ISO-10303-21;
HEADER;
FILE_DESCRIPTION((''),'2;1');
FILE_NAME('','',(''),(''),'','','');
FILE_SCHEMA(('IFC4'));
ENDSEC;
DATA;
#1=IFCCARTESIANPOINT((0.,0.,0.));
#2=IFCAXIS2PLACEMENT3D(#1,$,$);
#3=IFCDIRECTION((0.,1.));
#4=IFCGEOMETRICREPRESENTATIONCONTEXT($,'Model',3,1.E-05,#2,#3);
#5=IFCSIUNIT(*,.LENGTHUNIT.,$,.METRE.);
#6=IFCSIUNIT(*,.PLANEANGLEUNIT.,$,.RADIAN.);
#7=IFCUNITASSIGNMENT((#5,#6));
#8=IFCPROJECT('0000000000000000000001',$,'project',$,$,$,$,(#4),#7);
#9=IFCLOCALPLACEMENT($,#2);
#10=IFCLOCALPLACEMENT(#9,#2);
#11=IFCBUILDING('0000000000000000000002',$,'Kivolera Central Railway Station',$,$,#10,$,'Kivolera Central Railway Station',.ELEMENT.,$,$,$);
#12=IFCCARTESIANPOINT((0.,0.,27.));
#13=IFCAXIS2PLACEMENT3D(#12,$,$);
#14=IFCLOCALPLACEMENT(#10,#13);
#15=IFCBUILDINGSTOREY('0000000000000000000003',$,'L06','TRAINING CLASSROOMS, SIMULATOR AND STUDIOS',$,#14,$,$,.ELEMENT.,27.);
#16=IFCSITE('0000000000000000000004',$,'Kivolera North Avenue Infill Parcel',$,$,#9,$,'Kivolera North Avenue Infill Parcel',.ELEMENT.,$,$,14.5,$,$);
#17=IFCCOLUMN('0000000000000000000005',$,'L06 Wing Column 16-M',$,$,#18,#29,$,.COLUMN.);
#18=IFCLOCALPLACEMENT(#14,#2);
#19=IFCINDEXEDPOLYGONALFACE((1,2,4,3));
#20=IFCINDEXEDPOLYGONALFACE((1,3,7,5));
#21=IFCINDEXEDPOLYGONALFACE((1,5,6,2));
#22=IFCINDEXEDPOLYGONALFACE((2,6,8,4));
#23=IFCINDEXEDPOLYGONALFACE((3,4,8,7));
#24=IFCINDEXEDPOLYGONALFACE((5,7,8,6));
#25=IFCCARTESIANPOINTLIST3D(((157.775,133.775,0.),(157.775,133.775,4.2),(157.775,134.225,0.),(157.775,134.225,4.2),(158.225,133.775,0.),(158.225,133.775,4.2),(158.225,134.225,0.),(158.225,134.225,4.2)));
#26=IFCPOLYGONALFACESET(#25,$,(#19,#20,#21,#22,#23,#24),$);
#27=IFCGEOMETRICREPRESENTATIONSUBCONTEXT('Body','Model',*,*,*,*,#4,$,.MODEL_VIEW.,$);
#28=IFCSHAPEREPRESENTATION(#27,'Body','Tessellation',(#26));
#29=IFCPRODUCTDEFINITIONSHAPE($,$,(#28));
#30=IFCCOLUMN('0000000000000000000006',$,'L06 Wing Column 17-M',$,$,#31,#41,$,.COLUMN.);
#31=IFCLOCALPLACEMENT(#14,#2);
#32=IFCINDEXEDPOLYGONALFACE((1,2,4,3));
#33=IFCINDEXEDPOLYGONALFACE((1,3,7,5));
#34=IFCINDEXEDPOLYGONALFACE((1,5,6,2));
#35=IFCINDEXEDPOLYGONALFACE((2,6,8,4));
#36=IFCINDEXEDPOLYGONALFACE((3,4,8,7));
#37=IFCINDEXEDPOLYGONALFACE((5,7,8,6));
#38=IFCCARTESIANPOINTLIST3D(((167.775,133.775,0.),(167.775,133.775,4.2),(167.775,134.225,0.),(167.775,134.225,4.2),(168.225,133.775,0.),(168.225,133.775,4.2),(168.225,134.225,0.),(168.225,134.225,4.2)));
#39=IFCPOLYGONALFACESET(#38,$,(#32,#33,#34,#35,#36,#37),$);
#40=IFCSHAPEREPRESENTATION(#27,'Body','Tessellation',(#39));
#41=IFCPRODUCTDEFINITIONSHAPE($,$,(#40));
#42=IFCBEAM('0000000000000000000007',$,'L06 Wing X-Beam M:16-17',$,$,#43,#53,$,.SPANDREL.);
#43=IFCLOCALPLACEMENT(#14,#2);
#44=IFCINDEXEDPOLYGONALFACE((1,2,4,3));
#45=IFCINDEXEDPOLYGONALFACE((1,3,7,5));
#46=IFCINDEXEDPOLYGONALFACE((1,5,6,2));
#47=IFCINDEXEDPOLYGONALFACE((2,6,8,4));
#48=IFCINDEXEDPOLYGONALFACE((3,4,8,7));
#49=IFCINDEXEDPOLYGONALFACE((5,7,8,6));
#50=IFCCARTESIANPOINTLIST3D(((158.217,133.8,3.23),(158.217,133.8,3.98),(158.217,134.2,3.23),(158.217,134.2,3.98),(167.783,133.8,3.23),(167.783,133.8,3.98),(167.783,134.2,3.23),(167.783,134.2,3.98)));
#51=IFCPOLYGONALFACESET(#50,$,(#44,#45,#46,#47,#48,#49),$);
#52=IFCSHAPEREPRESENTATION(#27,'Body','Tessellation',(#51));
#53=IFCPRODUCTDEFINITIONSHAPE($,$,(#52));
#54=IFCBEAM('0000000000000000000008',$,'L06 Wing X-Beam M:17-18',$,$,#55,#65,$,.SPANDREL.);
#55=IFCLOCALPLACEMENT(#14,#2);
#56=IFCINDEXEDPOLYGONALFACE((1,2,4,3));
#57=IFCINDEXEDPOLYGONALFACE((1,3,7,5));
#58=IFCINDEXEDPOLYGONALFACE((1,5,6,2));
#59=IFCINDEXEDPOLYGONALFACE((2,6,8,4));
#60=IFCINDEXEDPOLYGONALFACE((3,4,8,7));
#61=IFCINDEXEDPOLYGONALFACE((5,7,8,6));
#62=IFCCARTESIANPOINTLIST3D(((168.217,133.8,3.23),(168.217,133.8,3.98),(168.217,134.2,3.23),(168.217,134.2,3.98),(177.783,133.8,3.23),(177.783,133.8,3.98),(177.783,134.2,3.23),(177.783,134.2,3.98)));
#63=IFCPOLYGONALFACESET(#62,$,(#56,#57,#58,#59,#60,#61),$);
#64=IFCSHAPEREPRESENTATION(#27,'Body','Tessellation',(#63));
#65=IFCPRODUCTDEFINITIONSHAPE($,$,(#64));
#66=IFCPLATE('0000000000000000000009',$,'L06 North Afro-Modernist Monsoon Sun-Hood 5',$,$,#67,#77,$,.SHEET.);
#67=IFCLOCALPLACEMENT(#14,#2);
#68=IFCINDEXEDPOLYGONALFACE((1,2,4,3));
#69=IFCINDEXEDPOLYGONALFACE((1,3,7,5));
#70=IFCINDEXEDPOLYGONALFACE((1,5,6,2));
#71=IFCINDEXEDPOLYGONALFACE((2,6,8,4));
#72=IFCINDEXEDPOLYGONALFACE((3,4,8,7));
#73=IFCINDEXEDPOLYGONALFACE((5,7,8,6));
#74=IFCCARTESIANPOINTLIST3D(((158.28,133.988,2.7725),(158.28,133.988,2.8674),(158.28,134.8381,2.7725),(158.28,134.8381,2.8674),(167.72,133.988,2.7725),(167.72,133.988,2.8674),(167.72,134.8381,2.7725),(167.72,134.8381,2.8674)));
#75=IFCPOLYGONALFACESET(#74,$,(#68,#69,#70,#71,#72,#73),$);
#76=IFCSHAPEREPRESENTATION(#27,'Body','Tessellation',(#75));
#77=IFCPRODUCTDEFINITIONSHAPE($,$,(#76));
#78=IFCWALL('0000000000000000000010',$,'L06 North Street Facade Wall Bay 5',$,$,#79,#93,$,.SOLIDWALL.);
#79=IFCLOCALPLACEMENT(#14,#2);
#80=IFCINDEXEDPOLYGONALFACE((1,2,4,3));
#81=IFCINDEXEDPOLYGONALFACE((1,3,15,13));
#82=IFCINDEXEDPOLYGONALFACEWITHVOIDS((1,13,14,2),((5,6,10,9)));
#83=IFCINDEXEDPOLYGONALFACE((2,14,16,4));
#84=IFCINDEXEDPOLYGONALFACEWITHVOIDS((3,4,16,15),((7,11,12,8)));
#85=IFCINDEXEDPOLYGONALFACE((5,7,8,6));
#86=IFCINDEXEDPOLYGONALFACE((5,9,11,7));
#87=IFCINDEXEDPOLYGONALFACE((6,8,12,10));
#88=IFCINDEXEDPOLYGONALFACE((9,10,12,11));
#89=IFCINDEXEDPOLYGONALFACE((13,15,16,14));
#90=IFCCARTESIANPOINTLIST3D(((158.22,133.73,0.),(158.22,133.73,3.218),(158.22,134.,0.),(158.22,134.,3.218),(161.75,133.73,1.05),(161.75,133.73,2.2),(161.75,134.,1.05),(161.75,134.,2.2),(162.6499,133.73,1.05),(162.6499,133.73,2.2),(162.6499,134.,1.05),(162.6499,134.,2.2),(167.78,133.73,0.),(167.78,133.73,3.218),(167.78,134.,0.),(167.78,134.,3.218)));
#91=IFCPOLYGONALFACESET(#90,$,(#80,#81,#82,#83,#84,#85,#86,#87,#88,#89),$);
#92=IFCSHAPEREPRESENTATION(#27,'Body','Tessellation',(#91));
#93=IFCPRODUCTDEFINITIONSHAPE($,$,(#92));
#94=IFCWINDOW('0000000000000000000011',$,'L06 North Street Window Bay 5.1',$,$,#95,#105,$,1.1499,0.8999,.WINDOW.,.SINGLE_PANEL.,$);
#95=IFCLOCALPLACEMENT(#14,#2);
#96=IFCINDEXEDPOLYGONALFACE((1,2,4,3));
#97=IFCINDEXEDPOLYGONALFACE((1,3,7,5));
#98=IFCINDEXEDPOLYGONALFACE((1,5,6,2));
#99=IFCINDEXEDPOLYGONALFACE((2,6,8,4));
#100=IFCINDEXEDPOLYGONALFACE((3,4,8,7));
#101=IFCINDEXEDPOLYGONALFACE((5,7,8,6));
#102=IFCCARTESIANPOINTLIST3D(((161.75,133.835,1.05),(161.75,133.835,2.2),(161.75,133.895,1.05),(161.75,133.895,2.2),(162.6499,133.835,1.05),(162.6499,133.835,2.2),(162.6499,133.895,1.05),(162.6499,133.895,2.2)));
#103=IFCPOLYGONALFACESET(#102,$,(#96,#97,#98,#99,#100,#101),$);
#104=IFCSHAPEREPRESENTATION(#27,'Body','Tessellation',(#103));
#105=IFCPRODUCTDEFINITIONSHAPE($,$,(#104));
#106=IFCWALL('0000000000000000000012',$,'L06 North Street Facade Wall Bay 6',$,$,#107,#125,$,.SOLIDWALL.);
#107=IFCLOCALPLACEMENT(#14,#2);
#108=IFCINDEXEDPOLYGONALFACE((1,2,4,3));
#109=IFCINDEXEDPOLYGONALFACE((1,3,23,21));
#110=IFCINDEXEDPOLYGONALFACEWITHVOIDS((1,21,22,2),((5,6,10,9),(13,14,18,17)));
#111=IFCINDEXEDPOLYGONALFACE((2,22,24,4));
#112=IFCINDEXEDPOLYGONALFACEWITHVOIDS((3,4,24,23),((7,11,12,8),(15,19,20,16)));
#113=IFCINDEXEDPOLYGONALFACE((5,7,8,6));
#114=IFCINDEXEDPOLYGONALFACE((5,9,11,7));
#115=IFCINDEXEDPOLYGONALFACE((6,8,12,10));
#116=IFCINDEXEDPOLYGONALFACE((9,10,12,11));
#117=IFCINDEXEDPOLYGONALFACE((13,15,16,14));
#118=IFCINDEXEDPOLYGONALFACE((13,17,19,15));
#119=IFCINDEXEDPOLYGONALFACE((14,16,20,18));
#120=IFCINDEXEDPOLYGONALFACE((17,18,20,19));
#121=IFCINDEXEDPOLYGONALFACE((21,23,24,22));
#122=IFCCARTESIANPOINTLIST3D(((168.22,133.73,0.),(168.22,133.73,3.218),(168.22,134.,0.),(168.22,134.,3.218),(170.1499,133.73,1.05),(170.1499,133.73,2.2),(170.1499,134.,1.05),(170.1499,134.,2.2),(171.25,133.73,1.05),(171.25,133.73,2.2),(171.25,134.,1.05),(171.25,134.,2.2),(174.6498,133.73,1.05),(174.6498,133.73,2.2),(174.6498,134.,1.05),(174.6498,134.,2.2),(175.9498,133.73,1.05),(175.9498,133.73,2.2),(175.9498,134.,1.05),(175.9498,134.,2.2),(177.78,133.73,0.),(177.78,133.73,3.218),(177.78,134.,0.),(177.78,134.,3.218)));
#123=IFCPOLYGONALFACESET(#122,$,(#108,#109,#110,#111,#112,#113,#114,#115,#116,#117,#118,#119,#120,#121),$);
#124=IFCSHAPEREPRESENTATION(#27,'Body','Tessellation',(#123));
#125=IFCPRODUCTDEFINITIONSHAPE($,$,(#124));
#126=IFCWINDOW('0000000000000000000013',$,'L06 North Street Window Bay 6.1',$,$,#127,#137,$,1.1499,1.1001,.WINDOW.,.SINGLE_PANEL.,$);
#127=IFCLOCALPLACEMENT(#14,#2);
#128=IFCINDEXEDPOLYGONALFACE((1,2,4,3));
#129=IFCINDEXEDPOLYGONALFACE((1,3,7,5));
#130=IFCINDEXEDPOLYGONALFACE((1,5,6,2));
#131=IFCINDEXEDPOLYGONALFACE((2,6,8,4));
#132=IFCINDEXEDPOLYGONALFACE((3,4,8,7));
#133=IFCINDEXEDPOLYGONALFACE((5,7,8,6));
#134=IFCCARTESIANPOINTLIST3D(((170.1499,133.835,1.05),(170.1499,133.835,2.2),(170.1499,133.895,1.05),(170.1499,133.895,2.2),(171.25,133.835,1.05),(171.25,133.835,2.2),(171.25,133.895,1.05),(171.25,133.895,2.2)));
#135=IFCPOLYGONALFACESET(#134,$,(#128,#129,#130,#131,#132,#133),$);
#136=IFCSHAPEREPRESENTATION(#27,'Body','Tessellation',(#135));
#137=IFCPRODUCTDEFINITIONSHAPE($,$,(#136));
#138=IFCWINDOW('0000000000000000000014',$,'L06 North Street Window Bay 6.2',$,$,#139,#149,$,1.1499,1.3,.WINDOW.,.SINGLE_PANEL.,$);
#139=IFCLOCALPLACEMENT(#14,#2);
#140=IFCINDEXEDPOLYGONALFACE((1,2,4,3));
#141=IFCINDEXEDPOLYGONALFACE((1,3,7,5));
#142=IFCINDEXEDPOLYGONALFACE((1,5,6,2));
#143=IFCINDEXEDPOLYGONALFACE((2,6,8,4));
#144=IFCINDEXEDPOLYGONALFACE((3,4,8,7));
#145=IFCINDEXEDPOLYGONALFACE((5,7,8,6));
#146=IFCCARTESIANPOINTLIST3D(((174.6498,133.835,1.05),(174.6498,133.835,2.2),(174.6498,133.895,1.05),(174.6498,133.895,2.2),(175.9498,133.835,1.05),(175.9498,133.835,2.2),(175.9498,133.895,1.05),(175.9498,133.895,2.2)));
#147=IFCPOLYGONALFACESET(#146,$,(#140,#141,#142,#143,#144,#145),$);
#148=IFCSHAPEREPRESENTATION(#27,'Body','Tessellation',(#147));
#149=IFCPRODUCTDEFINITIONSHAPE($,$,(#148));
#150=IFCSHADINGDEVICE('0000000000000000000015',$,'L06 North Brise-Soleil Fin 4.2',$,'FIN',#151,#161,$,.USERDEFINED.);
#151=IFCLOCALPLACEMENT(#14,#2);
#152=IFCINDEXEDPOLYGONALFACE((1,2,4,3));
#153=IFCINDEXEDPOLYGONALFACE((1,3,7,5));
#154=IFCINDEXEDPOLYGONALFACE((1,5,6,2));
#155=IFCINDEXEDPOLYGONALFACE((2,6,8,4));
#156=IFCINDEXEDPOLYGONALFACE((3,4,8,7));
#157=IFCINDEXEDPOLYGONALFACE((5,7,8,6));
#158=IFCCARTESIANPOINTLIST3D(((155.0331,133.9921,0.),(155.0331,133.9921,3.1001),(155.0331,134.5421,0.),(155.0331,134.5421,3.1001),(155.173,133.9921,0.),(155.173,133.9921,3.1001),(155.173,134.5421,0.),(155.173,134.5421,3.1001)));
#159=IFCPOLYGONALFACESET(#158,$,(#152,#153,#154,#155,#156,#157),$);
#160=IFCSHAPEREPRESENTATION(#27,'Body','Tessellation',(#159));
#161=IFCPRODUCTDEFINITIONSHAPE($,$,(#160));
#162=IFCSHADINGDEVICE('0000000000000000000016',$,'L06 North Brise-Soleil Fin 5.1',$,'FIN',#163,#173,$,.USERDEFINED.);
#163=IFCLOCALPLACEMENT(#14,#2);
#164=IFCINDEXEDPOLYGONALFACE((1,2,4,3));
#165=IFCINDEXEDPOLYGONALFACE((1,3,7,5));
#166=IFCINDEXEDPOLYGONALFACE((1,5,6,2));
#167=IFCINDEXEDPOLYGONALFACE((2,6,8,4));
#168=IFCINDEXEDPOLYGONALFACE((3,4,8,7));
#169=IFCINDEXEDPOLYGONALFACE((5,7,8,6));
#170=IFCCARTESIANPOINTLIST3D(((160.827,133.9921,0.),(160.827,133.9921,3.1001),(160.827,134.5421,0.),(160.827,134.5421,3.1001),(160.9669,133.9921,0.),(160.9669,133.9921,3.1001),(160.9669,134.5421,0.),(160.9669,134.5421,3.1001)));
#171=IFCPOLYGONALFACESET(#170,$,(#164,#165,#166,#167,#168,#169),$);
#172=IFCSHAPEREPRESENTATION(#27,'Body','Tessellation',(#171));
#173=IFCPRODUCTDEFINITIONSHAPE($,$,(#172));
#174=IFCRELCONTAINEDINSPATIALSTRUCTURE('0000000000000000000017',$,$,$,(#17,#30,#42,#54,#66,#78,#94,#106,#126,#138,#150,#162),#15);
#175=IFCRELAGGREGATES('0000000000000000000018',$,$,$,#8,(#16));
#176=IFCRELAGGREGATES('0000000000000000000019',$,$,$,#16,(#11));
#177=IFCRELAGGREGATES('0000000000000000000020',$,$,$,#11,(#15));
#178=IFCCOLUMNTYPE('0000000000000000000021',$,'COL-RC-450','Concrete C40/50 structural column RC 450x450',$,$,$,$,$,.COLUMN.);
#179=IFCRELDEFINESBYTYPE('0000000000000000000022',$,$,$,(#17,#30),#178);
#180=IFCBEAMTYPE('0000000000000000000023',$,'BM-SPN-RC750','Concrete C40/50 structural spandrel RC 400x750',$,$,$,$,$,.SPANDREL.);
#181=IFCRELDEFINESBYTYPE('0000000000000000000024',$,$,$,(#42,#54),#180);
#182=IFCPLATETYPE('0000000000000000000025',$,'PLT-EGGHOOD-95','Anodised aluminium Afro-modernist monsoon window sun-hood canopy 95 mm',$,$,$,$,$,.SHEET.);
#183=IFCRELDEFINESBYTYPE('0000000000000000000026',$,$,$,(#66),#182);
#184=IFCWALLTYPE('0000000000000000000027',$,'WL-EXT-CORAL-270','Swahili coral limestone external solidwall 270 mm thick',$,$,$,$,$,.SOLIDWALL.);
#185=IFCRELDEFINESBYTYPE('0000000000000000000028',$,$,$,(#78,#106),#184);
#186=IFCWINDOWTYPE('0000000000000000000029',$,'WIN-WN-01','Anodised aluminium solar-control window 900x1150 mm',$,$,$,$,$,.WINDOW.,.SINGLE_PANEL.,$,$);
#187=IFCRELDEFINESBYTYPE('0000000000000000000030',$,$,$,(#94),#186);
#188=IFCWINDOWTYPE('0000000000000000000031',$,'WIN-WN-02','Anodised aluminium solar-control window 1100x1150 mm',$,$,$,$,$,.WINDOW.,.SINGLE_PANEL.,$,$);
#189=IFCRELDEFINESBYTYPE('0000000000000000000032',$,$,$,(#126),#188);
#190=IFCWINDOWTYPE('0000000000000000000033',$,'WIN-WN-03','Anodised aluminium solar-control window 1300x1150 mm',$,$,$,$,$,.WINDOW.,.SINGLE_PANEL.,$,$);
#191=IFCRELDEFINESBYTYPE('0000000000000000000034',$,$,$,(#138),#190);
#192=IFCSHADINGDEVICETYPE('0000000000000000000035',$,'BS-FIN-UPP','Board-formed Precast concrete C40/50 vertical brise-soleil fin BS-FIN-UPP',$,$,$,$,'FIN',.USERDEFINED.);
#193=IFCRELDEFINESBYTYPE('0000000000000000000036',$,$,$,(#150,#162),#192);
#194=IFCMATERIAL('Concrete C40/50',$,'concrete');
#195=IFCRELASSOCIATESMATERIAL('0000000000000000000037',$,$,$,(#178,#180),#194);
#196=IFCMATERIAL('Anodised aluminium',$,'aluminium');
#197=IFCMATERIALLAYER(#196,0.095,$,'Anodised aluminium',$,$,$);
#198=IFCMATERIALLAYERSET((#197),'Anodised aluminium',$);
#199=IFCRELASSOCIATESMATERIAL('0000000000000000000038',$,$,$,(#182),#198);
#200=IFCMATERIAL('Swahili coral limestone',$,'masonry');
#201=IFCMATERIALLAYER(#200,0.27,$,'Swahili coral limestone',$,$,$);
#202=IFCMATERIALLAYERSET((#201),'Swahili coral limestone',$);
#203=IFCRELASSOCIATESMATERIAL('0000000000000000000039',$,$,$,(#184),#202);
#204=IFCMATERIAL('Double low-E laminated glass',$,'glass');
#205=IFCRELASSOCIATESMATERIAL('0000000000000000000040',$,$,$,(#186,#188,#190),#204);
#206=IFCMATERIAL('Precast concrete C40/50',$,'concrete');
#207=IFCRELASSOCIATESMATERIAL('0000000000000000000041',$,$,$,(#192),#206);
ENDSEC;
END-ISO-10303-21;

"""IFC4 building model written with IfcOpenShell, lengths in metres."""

from ifc_helpers import new_model, si_unit, direction, frame, frame_2d, origin, origin_2d, place, context, subcontext, project, spatial, rectangle, extrude, material, layer, layer_set, material_profile, profile_set, type_object, element, fill, save


model = new_model("IFC4")

# Units and contexts
model_context = context("Model", 3, precision=1e-05, world=origin(), true_north=direction((0.0, 1.0)))
body_context = subcontext(model_context, "Body", "Model", "MODEL_VIEW")
ifc_project = project(units=[si_unit("LENGTHUNIT", "METRE"), si_unit("PLANEANGLEUNIT", "RADIAN")], contexts=[model_context])

# Site, building, storey
site_placement = place(None, origin())
site = spatial("IfcSite", under=ifc_project, at=site_placement, Name="Kivolera North Avenue Infill Parcel", LongName="Kivolera North Avenue Infill Parcel", CompositionType="ELEMENT", RefElevation=14.5)
building_placement = place(site_placement, origin())
building = spatial("IfcBuilding", under=site, at=building_placement, Name="Kivolera Central Railway Station", LongName="Kivolera Central Railway Station", CompositionType="ELEMENT")
storey_placement = place(building_placement, frame((0.0, 0.0, 27.0)))
storey = spatial("IfcBuildingStorey", under=building, at=storey_placement, Name="L06", Description="TRAINING CLASSROOMS, SIMULATOR AND STUDIOS", CompositionType="ELEMENT", Elevation=27.0)

# Columns
ifc_material_1 = material(Name="Concrete C40/50", Category="concrete")
ifc_material_profile_1 = material_profile(ifc_material_1, rectangle(XDim=0.45, YDim=0.45, at=origin_2d()), Name="RC 450x450")
ifc_profile_set_1 = profile_set([ifc_material_profile_1], Name="Concrete C40/50")
column_type = type_object("IfcColumnType", Name="COL-RC-450", Description="Concrete C40/50 structural column RC 450x450", PredefinedType="COLUMN", material=ifc_profile_set_1)
for number, where, z_axis, x_axis, name in (
    (1, (158.0, 134.0, 0.0), (0.0, 0.0, 1.0), (1.0, 0.0, 0.0), "L06 Wing Column 16-M"),
    (2, (168.0, 134.0, 0.0), (0.0, 0.0, 1.0), (1.0, 0.0, 0.0), "L06 Wing Column 17-M"),
):
    element("IfcColumn", number, at=place(storey_placement, frame(where, z_axis=z_axis, x_axis=x_axis)), inside=storey, type_object=column_type, Name=name, PredefinedType="COLUMN", context=body_context, shape_type="SweptSolid", body=[
        extrude(rectangle(XDim=0.45, YDim=0.45, at=origin_2d()), origin(), (0.0, 0.0, 1.0), 4.2),
    ])

# Beams
ifc_material_profile_2 = material_profile(ifc_material_1, rectangle(XDim=0.3999, YDim=0.75, at=origin_2d()), Name="RC 400x750")
ifc_profile_set_2 = profile_set([ifc_material_profile_2], Name="Concrete C40/50")
beam_type = type_object("IfcBeamType", Name="BM-SPN-RC750", Description="Concrete C40/50 structural spandrel RC 400x750", PredefinedType="SPANDREL", material=ifc_profile_set_2)
for number, where, z_axis, x_axis, name in (
    (3, (158.217, 134.0, 3.605), (1.0, 0.0, 0.0), (0.0, 1.0, 0.0), "L06 Wing X-Beam M:16-17"),
    (4, (168.217, 134.0, 3.605), (1.0, 0.0, 0.0), (0.0, 1.0, 0.0), "L06 Wing X-Beam M:17-18"),
):
    element("IfcBeam", number, at=place(storey_placement, frame(where, z_axis=z_axis, x_axis=x_axis)), inside=storey, type_object=beam_type, Name=name, PredefinedType="SPANDREL", context=body_context, shape_type="SweptSolid", body=[
        extrude(rectangle(XDim=0.3999, YDim=0.75, at=origin_2d()), origin(), (0.0, 0.0, 1.0), 9.5659),
    ])

# Plate
ifc_material_2 = material(Name="Anodised aluminium", Category="aluminium")
ifc_layer_1 = layer(ifc_material_2, 0.095, Name="Anodised aluminium")
ifc_layer_set_1 = layer_set([ifc_layer_1], Name="Anodised aluminium")
plate_type = type_object("IfcPlateType", Name="PLT-EGGHOOD-95", Description="Anodised aluminium Afro-modernist monsoon window sun-hood canopy 95 mm", PredefinedType="SHEET", material=ifc_layer_set_1)
plate_placement = place(storey_placement, frame((163.0, 134.4131, 2.7725), z_axis=(0.0, 0.0, 1.0), x_axis=(1.0, 0.0, 0.0)))
element("IfcPlate", 5, at=plate_placement, inside=storey, type_object=plate_type, Name="L06 North Afro-Modernist Monsoon Sun-Hood 5", PredefinedType="SHEET", context=body_context, shape_type="SweptSolid", body=[
    extrude(rectangle(XDim=9.4399, YDim=0.8501, at=origin_2d()), origin(), (0.0, 0.0, 1.0), 0.095),
])

# Wall, opening, window
ifc_material_3 = material(Name="Swahili coral limestone", Category="masonry")
ifc_layer_2 = layer(ifc_material_3, 0.27, Name="Swahili coral limestone")
ifc_layer_set_2 = layer_set([ifc_layer_2], Name="Swahili coral limestone")
wall_type_1 = type_object("IfcWallType", Name="WL-EXT-CORAL-270", Description="Swahili coral limestone external solidwall 270 mm thick", PredefinedType="SOLIDWALL", material=ifc_layer_set_2)
wall_1_placement = place(storey_placement, frame((158.22, 133.865, 0.0), z_axis=(0.0, 0.0, 1.0), x_axis=(1.0, 0.0, 0.0)))
wall_1 = element("IfcWall", 6, at=wall_1_placement, inside=storey, type_object=wall_type_1, Name="L06 North Street Facade Wall Bay 5", PredefinedType="SOLIDWALL", context=body_context, shape_type="SweptSolid", body=[
    extrude(rectangle(XDim=9.5601, YDim=0.27, at=frame_2d((4.78, 0.0))), origin(), (0.0, 0.0, 1.0), 3.218),
])
opening_1_placement = place(wall_1_placement, frame((3.53, 0.0, 1.05)))
opening_1 = element("IfcOpeningElement", 7, at=opening_1_placement, cuts=wall_1, PredefinedType="OPENING", context=body_context, shape_type="SweptSolid", body=[
    extrude(rectangle(XDim=0.8999, YDim=1.1499, at=frame_2d((0.45, 0.575))), frame((0.0, 0.145, 0.0), z_axis=(0.0, -1.0, 0.0), x_axis=(1.0, 0.0, 0.0)), (0.0, 0.0, 1.0), 0.29),
])
ifc_material_4 = material(Name="Double low-E laminated glass", Category="glass")
window_type_1 = type_object("IfcWindowType", Name="WIN-WN-01", Description="Anodised aluminium solar-control window 900x1150 mm", PartitioningType="SINGLE_PANEL", PredefinedType="WINDOW", material=ifc_material_4)
window_1_placement = place(opening_1_placement, origin())
window_1 = element("IfcWindow", 8, at=window_1_placement, inside=storey, type_object=window_type_1, Name="L06 North Street Window Bay 5.1", OverallHeight=1.1499, OverallWidth=0.8999, PartitioningType="SINGLE_PANEL", PredefinedType="WINDOW", context=body_context, shape_type="SweptSolid", body=[
    extrude(rectangle(XDim=0.8999, YDim=1.1499, at=frame_2d((0.45, 0.575))), frame((0.0, 0.03, 0.0), z_axis=(0.0, -1.0, 0.0), x_axis=(1.0, 0.0, 0.0)), (0.0, 0.0, 1.0), 0.0601),
])
fill(opening_1, window_1)

# Wall, openings, windows
wall_2_placement = place(storey_placement, frame((168.22, 133.865, 0.0), z_axis=(0.0, 0.0, 1.0), x_axis=(1.0, 0.0, 0.0)))
wall_2 = element("IfcWall", 9, at=wall_2_placement, inside=storey, type_object=wall_type_1, Name="L06 North Street Facade Wall Bay 6", PredefinedType="SOLIDWALL", context=body_context, shape_type="SweptSolid", body=[
    extrude(rectangle(XDim=9.5601, YDim=0.27, at=frame_2d((4.78, 0.0))), origin(), (0.0, 0.0, 1.0), 3.218),
])
opening_2_placement = place(wall_2_placement, frame((1.9299, 0.0, 1.05)))
opening_2 = element("IfcOpeningElement", 10, at=opening_2_placement, cuts=wall_2, PredefinedType="OPENING", context=body_context, shape_type="SweptSolid", body=[
    extrude(rectangle(XDim=1.1001, YDim=1.1499, at=frame_2d((0.55, 0.575))), frame((0.0, 0.145, 0.0), z_axis=(0.0, -1.0, 0.0), x_axis=(1.0, 0.0, 0.0)), (0.0, 0.0, 1.0), 0.29),
])
opening_3_placement = place(wall_2_placement, frame((6.4299, 0.0, 1.05)))
opening_3 = element("IfcOpeningElement", 11, at=opening_3_placement, cuts=wall_2, PredefinedType="OPENING", context=body_context, shape_type="SweptSolid", body=[
    extrude(rectangle(XDim=1.3, YDim=1.1499, at=frame_2d((0.6499, 0.575))), frame((0.0, 0.145, 0.0), z_axis=(0.0, -1.0, 0.0), x_axis=(1.0, 0.0, 0.0)), (0.0, 0.0, 1.0), 0.29),
])
window_type_2 = type_object("IfcWindowType", Name="WIN-WN-02", Description="Anodised aluminium solar-control window 1100x1150 mm", PartitioningType="SINGLE_PANEL", PredefinedType="WINDOW", material=ifc_material_4)
window_2_placement = place(opening_2_placement, origin())
window_2 = element("IfcWindow", 12, at=window_2_placement, inside=storey, type_object=window_type_2, Name="L06 North Street Window Bay 6.1", OverallHeight=1.1499, OverallWidth=1.1001, PartitioningType="SINGLE_PANEL", PredefinedType="WINDOW", context=body_context, shape_type="SweptSolid", body=[
    extrude(rectangle(XDim=1.1001, YDim=1.1499, at=frame_2d((0.55, 0.575))), frame((0.0, 0.03, 0.0), z_axis=(0.0, -1.0, 0.0), x_axis=(1.0, 0.0, 0.0)), (0.0, 0.0, 1.0), 0.0601),
])
fill(opening_2, window_2)
window_type_3 = type_object("IfcWindowType", Name="WIN-WN-03", Description="Anodised aluminium solar-control window 1300x1150 mm", PartitioningType="SINGLE_PANEL", PredefinedType="WINDOW", material=ifc_material_4)
window_3_placement = place(opening_3_placement, origin())
window_3 = element("IfcWindow", 13, at=window_3_placement, inside=storey, type_object=window_type_3, Name="L06 North Street Window Bay 6.2", OverallHeight=1.1499, OverallWidth=1.3, PartitioningType="SINGLE_PANEL", PredefinedType="WINDOW", context=body_context, shape_type="SweptSolid", body=[
    extrude(rectangle(XDim=1.3, YDim=1.1499, at=frame_2d((0.6499, 0.575))), frame((0.0, 0.03, 0.0), z_axis=(0.0, -1.0, 0.0), x_axis=(1.0, 0.0, 0.0)), (0.0, 0.0, 1.0), 0.0601),
])
fill(opening_3, window_3)

# Shading devices
ifc_material_5 = material(Name="Precast concrete C40/50", Category="concrete")
shading_device_type = type_object("IfcShadingDeviceType", Name="BS-FIN-UPP", Description="Board-formed Precast concrete C40/50 vertical brise-soleil fin BS-FIN-UPP", ElementType="FIN", PredefinedType="USERDEFINED", material=ifc_material_5)
for number, where, z_axis, x_axis, name in (
    (14, (155.103, 134.2671, 0.0), (0.0, 0.0, 1.0), (1.0, 0.0, 0.0), "L06 North Brise-Soleil Fin 4.2"),
    (15, (160.897, 134.2671, 0.0), (0.0, 0.0, 1.0), (1.0, 0.0, 0.0), "L06 North Brise-Soleil Fin 5.1"),
):
    element("IfcShadingDevice", number, at=place(storey_placement, frame(where, z_axis=z_axis, x_axis=x_axis)), inside=storey, type_object=shading_device_type, Name=name, ObjectType="FIN", PredefinedType="USERDEFINED", context=body_context, shape_type="SweptSolid", body=[
        extrude(rectangle(XDim=0.1399, YDim=0.55, at=origin_2d()), origin(), (0.0, 0.0, 1.0), 3.1001),
    ])

save(model, "model.ifc")
